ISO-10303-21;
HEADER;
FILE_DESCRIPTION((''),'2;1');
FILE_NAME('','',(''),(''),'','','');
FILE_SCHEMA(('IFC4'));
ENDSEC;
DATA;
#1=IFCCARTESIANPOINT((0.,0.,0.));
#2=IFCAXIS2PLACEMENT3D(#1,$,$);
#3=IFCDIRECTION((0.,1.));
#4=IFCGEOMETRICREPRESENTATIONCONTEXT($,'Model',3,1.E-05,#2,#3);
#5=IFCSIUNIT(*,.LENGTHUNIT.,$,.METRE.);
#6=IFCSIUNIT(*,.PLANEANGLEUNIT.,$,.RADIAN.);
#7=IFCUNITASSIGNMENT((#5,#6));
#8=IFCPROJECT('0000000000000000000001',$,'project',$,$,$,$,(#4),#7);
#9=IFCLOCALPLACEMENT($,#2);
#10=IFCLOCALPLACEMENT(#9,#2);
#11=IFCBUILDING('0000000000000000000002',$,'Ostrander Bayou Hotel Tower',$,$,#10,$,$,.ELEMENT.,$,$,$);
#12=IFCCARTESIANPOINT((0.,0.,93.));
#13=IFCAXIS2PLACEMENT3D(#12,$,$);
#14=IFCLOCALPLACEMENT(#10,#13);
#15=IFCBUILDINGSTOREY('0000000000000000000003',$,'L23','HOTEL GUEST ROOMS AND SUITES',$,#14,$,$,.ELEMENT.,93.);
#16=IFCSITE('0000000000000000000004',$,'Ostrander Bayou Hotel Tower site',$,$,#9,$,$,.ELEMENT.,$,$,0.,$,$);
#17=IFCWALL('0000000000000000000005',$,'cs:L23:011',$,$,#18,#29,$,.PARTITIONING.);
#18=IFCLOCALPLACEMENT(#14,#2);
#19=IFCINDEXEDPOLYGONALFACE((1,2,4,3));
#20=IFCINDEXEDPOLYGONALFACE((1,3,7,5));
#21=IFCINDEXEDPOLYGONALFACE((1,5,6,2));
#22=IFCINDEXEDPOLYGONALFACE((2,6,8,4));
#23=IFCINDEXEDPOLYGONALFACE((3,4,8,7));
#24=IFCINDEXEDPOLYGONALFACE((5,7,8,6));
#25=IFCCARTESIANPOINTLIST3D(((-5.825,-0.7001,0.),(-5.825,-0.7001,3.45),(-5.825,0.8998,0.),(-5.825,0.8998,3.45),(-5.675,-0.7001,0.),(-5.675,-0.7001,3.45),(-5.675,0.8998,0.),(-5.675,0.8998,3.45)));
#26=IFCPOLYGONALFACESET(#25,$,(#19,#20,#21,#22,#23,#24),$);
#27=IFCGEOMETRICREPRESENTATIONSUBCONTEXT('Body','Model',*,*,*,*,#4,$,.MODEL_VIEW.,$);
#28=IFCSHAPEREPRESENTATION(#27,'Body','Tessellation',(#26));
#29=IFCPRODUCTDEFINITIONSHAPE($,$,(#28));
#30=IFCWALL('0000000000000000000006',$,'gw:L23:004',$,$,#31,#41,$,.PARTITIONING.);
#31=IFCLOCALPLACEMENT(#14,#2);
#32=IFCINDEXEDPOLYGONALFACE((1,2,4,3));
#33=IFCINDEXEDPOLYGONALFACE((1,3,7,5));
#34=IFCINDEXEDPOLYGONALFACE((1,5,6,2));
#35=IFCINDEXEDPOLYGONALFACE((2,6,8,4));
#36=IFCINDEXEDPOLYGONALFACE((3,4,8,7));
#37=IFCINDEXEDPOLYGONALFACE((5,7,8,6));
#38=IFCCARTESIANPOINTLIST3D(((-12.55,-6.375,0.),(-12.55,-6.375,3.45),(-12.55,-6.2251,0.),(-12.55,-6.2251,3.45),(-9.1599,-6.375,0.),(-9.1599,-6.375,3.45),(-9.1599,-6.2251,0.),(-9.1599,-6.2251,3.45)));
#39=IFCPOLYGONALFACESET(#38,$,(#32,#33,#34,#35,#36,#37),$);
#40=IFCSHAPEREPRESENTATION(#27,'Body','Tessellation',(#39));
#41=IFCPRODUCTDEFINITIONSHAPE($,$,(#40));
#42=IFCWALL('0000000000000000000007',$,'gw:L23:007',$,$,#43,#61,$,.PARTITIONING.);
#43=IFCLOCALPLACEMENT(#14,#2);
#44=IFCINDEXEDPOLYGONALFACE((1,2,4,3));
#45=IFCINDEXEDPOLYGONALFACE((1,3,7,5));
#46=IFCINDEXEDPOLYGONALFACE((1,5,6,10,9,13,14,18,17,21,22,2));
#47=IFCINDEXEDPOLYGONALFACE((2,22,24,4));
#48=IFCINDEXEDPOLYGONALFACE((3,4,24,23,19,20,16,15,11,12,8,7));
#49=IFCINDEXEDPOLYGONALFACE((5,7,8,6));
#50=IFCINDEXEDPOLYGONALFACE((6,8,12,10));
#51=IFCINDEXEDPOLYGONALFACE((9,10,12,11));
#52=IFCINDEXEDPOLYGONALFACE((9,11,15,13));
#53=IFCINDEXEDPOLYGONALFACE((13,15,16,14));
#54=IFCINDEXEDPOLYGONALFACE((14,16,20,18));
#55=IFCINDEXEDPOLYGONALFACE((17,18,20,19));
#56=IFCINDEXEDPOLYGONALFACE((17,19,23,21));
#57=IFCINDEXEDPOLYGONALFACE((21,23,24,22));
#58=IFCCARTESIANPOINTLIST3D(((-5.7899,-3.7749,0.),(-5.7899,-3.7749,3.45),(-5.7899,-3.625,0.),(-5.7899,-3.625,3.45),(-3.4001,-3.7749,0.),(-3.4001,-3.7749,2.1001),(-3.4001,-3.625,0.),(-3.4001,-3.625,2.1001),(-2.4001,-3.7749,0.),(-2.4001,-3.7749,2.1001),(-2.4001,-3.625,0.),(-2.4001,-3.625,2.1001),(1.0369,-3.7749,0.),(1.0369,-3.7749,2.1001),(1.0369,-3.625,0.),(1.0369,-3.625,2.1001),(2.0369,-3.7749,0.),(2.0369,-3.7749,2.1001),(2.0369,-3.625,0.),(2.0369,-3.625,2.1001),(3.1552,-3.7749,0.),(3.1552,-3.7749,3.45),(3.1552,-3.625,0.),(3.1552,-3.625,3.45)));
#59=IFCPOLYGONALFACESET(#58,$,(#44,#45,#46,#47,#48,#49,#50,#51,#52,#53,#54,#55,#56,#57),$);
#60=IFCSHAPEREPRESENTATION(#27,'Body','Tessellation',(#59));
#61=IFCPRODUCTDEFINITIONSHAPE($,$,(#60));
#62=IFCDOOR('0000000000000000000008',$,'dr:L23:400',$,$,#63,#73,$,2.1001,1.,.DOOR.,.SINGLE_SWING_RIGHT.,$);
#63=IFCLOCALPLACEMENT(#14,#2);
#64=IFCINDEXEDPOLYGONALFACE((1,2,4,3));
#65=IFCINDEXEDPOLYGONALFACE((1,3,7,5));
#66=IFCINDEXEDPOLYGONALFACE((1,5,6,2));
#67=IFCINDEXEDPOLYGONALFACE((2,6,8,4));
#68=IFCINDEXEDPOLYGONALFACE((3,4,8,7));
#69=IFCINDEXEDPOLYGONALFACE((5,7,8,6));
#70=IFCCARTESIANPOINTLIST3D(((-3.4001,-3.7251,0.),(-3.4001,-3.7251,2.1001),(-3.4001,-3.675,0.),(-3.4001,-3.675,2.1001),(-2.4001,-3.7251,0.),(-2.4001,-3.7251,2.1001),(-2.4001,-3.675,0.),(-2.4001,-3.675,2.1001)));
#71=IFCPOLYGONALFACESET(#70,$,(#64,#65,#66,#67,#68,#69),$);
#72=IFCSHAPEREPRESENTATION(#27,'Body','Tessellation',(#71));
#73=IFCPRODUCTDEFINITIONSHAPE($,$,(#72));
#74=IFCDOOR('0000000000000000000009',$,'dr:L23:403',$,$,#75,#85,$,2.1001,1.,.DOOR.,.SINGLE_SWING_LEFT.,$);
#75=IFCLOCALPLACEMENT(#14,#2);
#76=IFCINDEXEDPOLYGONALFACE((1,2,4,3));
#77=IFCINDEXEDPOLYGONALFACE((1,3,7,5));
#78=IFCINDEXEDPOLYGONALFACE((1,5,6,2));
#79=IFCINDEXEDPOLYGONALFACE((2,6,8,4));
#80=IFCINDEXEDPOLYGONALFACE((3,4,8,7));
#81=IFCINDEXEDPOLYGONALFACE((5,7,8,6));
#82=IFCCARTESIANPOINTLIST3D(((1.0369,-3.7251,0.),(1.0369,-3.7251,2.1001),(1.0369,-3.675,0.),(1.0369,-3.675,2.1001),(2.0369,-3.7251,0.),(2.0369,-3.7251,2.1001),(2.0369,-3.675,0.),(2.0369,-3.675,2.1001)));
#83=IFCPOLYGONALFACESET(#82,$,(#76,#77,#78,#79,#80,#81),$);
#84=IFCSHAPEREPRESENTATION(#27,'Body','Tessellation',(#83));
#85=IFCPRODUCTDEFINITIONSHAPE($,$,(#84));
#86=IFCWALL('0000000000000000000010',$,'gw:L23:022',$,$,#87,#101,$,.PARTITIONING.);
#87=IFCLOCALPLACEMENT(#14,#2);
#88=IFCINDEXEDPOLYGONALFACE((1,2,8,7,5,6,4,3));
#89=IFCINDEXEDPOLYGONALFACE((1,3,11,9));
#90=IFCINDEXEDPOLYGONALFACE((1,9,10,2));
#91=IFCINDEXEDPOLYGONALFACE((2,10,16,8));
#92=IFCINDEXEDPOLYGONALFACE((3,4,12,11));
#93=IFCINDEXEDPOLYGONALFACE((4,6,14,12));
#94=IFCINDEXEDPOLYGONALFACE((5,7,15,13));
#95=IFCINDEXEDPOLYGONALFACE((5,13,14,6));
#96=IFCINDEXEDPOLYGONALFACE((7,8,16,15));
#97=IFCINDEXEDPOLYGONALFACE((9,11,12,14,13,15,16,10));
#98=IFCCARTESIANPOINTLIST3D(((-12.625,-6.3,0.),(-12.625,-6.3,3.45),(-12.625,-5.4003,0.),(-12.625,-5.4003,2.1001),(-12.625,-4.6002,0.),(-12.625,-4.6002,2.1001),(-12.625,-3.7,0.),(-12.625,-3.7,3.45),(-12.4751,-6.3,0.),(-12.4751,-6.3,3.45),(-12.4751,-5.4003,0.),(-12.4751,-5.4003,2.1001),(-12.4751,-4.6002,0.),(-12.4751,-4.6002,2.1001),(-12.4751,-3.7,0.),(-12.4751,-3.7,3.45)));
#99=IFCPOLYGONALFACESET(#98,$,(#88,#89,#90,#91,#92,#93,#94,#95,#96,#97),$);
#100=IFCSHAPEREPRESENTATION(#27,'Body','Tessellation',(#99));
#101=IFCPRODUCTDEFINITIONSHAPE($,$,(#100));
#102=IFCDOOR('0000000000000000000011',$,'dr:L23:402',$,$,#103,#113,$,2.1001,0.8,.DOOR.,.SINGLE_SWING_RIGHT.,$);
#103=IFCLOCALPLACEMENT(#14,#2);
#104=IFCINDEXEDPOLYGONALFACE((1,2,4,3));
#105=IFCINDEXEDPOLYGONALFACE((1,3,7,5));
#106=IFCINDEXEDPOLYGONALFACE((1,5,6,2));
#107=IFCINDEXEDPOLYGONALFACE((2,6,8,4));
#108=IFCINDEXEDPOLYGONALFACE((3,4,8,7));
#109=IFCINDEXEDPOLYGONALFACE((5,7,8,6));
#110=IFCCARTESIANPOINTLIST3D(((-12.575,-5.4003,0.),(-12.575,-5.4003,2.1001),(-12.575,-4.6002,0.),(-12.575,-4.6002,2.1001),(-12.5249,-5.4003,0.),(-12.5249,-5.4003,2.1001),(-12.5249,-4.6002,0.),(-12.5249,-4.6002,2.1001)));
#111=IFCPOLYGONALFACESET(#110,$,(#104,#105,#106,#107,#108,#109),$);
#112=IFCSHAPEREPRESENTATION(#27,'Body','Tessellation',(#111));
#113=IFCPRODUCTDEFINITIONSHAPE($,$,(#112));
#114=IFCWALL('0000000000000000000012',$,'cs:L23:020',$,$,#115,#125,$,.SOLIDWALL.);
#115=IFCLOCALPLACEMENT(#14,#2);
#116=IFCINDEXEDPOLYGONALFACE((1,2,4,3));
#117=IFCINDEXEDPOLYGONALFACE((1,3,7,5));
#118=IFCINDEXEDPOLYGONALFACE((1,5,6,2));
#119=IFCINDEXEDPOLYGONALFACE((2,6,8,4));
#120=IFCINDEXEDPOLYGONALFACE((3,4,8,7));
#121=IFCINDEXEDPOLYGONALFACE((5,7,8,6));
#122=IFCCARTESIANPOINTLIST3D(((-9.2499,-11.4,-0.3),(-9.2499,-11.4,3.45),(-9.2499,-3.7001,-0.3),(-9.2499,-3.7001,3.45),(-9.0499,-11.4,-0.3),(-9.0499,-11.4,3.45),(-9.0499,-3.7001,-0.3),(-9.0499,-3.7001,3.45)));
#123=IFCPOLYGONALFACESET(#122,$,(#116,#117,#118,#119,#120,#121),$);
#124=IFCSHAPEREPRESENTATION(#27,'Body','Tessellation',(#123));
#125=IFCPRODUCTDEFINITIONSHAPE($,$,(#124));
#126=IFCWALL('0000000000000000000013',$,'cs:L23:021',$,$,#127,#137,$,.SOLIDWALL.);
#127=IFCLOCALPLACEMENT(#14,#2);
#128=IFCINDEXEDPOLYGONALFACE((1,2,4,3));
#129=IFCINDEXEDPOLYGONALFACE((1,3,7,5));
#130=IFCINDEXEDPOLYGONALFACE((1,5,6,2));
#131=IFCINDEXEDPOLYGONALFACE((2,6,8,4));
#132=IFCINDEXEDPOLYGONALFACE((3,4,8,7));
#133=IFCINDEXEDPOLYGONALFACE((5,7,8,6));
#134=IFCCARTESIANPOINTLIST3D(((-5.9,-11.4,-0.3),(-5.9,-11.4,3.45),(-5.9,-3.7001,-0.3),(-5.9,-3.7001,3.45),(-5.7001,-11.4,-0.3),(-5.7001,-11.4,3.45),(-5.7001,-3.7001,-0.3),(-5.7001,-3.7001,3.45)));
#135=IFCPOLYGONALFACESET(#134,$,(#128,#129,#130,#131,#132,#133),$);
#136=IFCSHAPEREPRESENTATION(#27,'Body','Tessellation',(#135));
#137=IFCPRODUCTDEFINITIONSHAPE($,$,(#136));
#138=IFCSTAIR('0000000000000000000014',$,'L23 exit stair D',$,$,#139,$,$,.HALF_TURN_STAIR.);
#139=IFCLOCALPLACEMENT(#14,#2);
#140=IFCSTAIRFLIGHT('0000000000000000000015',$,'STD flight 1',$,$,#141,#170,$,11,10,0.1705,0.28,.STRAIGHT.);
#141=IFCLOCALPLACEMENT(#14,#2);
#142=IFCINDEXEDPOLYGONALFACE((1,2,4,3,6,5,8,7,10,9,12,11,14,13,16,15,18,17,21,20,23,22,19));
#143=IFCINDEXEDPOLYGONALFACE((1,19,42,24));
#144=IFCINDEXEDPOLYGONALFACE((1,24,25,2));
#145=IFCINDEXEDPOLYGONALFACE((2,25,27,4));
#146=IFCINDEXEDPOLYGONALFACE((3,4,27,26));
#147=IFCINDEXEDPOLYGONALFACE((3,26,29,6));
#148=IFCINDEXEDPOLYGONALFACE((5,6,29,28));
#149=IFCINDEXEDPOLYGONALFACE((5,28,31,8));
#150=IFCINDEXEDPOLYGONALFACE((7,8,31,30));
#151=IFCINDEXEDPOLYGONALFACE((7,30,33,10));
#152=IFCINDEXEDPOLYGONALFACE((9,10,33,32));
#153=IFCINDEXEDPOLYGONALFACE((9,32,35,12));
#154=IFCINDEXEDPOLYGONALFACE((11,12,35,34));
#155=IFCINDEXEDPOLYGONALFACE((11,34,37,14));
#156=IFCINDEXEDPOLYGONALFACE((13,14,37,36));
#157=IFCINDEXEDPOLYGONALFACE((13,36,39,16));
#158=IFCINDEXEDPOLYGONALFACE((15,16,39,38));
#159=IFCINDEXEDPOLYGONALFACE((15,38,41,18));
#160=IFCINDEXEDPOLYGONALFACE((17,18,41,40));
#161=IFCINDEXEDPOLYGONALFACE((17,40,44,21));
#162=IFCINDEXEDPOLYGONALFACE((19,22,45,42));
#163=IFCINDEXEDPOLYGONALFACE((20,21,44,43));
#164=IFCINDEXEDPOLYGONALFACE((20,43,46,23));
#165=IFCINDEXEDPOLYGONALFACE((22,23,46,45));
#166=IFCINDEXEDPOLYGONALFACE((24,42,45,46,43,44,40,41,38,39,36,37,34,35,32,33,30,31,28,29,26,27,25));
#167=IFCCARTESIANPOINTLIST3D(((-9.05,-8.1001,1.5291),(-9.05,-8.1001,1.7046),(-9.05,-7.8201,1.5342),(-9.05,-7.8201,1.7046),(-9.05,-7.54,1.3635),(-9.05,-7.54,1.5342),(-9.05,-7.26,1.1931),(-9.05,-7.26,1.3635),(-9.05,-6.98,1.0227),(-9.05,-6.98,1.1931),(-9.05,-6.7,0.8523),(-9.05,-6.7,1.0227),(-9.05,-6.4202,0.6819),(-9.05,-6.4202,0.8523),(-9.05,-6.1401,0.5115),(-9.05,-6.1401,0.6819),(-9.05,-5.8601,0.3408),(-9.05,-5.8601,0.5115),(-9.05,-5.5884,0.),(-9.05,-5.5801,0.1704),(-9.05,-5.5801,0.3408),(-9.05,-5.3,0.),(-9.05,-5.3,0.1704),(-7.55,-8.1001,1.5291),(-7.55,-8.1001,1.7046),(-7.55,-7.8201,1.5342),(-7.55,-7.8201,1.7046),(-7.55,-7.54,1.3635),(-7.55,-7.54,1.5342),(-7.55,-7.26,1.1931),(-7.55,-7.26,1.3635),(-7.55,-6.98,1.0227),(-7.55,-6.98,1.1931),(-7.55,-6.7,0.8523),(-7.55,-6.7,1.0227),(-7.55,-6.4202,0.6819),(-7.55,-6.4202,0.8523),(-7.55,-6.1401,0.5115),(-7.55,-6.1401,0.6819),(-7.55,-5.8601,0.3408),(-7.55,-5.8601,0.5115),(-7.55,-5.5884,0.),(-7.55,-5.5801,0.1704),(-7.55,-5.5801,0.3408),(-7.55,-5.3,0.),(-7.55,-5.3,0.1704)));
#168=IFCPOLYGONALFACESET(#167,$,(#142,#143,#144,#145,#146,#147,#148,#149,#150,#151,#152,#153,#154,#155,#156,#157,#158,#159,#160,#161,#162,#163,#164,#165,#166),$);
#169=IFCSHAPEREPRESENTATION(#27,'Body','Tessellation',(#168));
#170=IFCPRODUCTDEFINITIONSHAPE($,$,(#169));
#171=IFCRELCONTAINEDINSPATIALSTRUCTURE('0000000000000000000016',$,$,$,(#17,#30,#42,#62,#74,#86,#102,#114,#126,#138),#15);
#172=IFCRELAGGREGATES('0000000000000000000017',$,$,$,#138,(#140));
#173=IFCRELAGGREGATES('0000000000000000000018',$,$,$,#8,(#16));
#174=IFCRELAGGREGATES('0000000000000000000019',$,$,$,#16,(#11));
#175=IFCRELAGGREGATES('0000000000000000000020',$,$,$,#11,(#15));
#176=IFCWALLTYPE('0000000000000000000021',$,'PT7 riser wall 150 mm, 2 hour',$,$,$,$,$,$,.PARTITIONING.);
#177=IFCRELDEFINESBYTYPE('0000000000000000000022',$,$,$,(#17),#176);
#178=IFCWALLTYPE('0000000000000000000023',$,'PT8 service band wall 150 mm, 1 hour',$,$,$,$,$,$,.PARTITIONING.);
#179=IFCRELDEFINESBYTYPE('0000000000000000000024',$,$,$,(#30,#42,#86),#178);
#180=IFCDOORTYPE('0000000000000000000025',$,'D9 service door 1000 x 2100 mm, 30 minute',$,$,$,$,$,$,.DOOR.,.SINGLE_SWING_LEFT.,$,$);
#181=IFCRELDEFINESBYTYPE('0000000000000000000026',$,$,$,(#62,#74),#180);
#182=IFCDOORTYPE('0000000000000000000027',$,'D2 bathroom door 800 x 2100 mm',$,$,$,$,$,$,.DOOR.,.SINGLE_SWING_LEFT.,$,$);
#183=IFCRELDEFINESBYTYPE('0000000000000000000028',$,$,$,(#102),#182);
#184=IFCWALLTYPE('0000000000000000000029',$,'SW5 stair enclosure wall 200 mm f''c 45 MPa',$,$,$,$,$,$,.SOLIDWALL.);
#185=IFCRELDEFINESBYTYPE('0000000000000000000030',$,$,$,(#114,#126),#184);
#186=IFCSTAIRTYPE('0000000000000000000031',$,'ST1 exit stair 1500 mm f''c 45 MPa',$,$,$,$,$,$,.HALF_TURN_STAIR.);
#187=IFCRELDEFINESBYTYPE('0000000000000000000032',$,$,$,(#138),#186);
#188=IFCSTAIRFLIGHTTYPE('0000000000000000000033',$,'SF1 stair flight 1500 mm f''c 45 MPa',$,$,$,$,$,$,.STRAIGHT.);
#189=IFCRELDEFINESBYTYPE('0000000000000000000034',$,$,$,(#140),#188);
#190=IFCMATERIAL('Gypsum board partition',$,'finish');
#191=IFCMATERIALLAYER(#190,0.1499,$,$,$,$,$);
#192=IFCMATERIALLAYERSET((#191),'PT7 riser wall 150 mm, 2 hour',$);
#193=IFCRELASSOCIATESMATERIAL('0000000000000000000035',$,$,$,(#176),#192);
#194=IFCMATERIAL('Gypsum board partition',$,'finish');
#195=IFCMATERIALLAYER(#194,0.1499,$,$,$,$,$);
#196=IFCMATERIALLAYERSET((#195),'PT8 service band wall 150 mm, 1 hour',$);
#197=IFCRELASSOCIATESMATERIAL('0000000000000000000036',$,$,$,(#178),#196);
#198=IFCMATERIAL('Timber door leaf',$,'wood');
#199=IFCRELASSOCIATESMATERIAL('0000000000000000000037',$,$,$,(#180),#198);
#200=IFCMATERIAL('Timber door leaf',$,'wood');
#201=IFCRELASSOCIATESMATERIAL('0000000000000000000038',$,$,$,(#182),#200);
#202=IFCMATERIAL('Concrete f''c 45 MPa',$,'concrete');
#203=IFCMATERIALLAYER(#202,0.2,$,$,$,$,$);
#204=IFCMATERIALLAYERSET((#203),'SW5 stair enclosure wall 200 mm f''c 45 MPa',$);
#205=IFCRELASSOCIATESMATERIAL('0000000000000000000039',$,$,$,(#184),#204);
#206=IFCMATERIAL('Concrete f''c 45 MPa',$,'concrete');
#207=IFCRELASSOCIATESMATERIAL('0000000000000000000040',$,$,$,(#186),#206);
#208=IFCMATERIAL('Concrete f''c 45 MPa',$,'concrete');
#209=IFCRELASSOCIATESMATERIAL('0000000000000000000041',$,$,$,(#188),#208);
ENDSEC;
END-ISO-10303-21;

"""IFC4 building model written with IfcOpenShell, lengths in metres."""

from ifc_helpers import new_model, si_unit, direction, frame, frame_2d, origin, place, context, subcontext, project, spatial, polyline, rectangle, outline, extrude, material, layer, layer_set, type_object, element, fill, aggregate, save


model = new_model("IFC4")

# Units and contexts
model_context = context("Model", 3, precision=1e-05, world=origin(), true_north=direction((0.0, 1.0)))
body_context = subcontext(model_context, "Body", "Model", "MODEL_VIEW")
ifc_project = project(units=[si_unit("LENGTHUNIT", "METRE"), si_unit("PLANEANGLEUNIT", "RADIAN")], contexts=[model_context])

# Site, building, storey
site_placement = place(None, origin())
site = spatial("IfcSite", under=ifc_project, at=site_placement, Name="Ostrander Bayou Hotel Tower site", CompositionType="ELEMENT", RefElevation=0.0)
building_placement = place(site_placement, origin())
building = spatial("IfcBuilding", under=site, at=building_placement, Name="Ostrander Bayou Hotel Tower", CompositionType="ELEMENT")
storey_placement = place(building_placement, frame((0.0, 0.0, 93.0)))
storey = spatial("IfcBuildingStorey", under=building, at=storey_placement, Name="L23", Description="HOTEL GUEST ROOMS AND SUITES", CompositionType="ELEMENT", Elevation=93.0)

# Walls
ifc_material_1 = material(Name="Gypsum board partition", Category="finish")
ifc_layer_1 = layer(ifc_material_1, 0.1499)
ifc_layer_set_1 = layer_set([ifc_layer_1], Name="PT7 riser wall 150 mm, 2 hour")
wall_type_1 = type_object("IfcWallType", Name="PT7 riser wall 150 mm, 2 hour", PredefinedType="PARTITIONING", material=ifc_layer_set_1)
wall_1_placement = place(storey_placement, frame((-5.75, -0.7, 0.0), z_axis=(0.0, 0.0, 1.0), x_axis=(0.0, 1.0, 0.0)))
element("IfcWall", 1, at=wall_1_placement, inside=storey, type_object=wall_type_1, Name="cs:L23:011", PredefinedType="PARTITIONING", context=body_context, shape_type="SweptSolid", body=[
    extrude(rectangle(XDim=1.5999, YDim=0.1499, at=frame_2d((0.7998, 0.0))), origin(), (0.0, 0.0, 1.0), 3.45),
])
ifc_material_2 = material(Name="Gypsum board partition", Category="finish")
ifc_layer_2 = layer(ifc_material_2, 0.1499)
ifc_layer_set_2 = layer_set([ifc_layer_2], Name="PT8 service band wall 150 mm, 1 hour")
wall_type_2 = type_object("IfcWallType", Name="PT8 service band wall 150 mm, 1 hour", PredefinedType="PARTITIONING", material=ifc_layer_set_2)
wall_2_placement = place(storey_placement, frame((-12.55, -6.3, 0.0), z_axis=(0.0, 0.0, 1.0), x_axis=(1.0, 0.0, 0.0)))
element("IfcWall", 2, at=wall_2_placement, inside=storey, type_object=wall_type_2, Name="gw:L23:004", PredefinedType="PARTITIONING", context=body_context, shape_type="SweptSolid", body=[
    extrude(rectangle(XDim=3.3901, YDim=0.1499, at=frame_2d((1.6951, 0.0))), origin(), (0.0, 0.0, 1.0), 3.45),
])

# Wall, openings, doors
wall_3_placement = place(storey_placement, frame((-5.79, -3.7, 0.0), z_axis=(0.0, 0.0, 1.0), x_axis=(1.0, 0.0, 0.0)))
wall_3 = element("IfcWall", 3, at=wall_3_placement, inside=storey, type_object=wall_type_2, Name="gw:L23:007", PredefinedType="PARTITIONING", context=body_context, shape_type="SweptSolid", body=[
    extrude(rectangle(XDim=8.9451, YDim=0.1499, at=frame_2d((4.4727, 0.0))), origin(), (0.0, 0.0, 1.0), 3.45),
])
opening_1_placement = place(wall_3_placement, frame((2.3899, 0.0, 0.0)))
opening_1 = element("IfcOpeningElement", 4, at=opening_1_placement, cuts=wall_3, PredefinedType="OPENING", context=body_context, shape_type="SweptSolid", body=[
    extrude(rectangle(XDim=1.0, YDim=2.1001, at=frame_2d((0.5, 1.05))), frame((0.0, 0.075, 0.0), z_axis=(0.0, -1.0, 0.0), x_axis=(1.0, 0.0, 0.0)), (0.0, 0.0, 1.0), 0.1499),
])
opening_2_placement = place(wall_3_placement, frame((6.8269, 0.0, 0.0)))
opening_2 = element("IfcOpeningElement", 5, at=opening_2_placement, cuts=wall_3, PredefinedType="OPENING", context=body_context, shape_type="SweptSolid", body=[
    extrude(rectangle(XDim=1.0, YDim=2.1001, at=frame_2d((0.5, 1.05))), frame((0.0, 0.075, 0.0), z_axis=(0.0, -1.0, 0.0), x_axis=(1.0, 0.0, 0.0)), (0.0, 0.0, 1.0), 0.1499),
])
ifc_material_3 = material(Name="Timber door leaf", Category="wood")
door_type_1 = type_object("IfcDoorType", Name="D9 service door 1000 x 2100 mm, 30 minute", OperationType="SINGLE_SWING_LEFT", PredefinedType="DOOR", material=ifc_material_3)
door_1_placement = place(opening_1_placement, origin())
door_1 = element("IfcDoor", 6, at=door_1_placement, inside=storey, type_object=door_type_1, Name="dr:L23:400", OperationType="SINGLE_SWING_RIGHT", OverallHeight=2.1001, OverallWidth=1.0, PredefinedType="DOOR", context=body_context, shape_type="SweptSolid", body=[
    extrude(rectangle(XDim=1.0, YDim=2.1001, at=frame_2d((0.5, 1.05))), frame((0.0, 0.0249, 0.0), z_axis=(0.0, -1.0, 0.0), x_axis=(1.0, 0.0, 0.0)), (0.0, 0.0, 1.0), 0.05),
])
fill(opening_1, door_1)
door_2_placement = place(opening_2_placement, origin())
door_2 = element("IfcDoor", 7, at=door_2_placement, inside=storey, type_object=door_type_1, Name="dr:L23:403", OperationType="SINGLE_SWING_LEFT", OverallHeight=2.1001, OverallWidth=1.0, PredefinedType="DOOR", context=body_context, shape_type="SweptSolid", body=[
    extrude(rectangle(XDim=1.0, YDim=2.1001, at=frame_2d((0.5, 1.05))), frame((0.0, 0.0249, 0.0), z_axis=(0.0, -1.0, 0.0), x_axis=(1.0, 0.0, 0.0)), (0.0, 0.0, 1.0), 0.05),
])
fill(opening_2, door_2)

# Wall, opening, door
wall_4_placement = place(storey_placement, frame((-12.55, -6.3, 0.0), z_axis=(0.0, 0.0, 1.0), x_axis=(0.0, 1.0, 0.0)))
wall_4 = element("IfcWall", 8, at=wall_4_placement, inside=storey, type_object=wall_type_2, Name="gw:L23:022", PredefinedType="PARTITIONING", context=body_context, shape_type="SweptSolid", body=[
    extrude(rectangle(XDim=2.6001, YDim=0.1499, at=frame_2d((1.3, 0.0))), origin(), (0.0, 0.0, 1.0), 3.45),
])
opening_3_placement = place(wall_4_placement, frame((0.8999, 0.0, 0.0)))
opening_3 = element("IfcOpeningElement", 9, at=opening_3_placement, cuts=wall_4, PredefinedType="OPENING", context=body_context, shape_type="SweptSolid", body=[
    extrude(rectangle(XDim=0.8, YDim=2.1001, at=frame_2d((0.3999, 1.05))), frame((0.0, 0.075, 0.0), z_axis=(0.0, -1.0, 0.0), x_axis=(1.0, 0.0, 0.0)), (0.0, 0.0, 1.0), 0.1499),
])
ifc_material_4 = material(Name="Timber door leaf", Category="wood")
door_type_2 = type_object("IfcDoorType", Name="D2 bathroom door 800 x 2100 mm", OperationType="SINGLE_SWING_LEFT", PredefinedType="DOOR", material=ifc_material_4)
door_3_placement = place(opening_3_placement, origin())
door_3 = element("IfcDoor", 10, at=door_3_placement, inside=storey, type_object=door_type_2, Name="dr:L23:402", OperationType="SINGLE_SWING_RIGHT", OverallHeight=2.1001, OverallWidth=0.8, PredefinedType="DOOR", context=body_context, shape_type="SweptSolid", body=[
    extrude(rectangle(XDim=0.8, YDim=2.1001, at=frame_2d((0.3999, 1.05))), frame((0.0, 0.0249, 0.0), z_axis=(0.0, -1.0, 0.0), x_axis=(1.0, 0.0, 0.0)), (0.0, 0.0, 1.0), 0.05),
])
fill(opening_3, door_3)
ifc_material_5 = material(Name="Concrete f'c 45 MPa", Category="concrete")
ifc_layer_3 = layer(ifc_material_5, 0.2)
ifc_layer_set_3 = layer_set([ifc_layer_3], Name="SW5 stair enclosure wall 200 mm f'c 45 MPa")
wall_type_3 = type_object("IfcWallType", Name="SW5 stair enclosure wall 200 mm f'c 45 MPa", PredefinedType="SOLIDWALL", material=ifc_layer_set_3)

# Walls
for number, where, z_axis, x_axis, name in (
    (11, (-9.1499, -3.7, -0.3), (0.0, 0.0, 1.0), (0.0, -1.0, 0.0), "cs:L23:020"),
    (12, (-5.8, -3.7, -0.3), (0.0, 0.0, 1.0), (0.0, -1.0, 0.0), "cs:L23:021"),
):
    element("IfcWall", number, at=place(storey_placement, frame(where, z_axis=z_axis, x_axis=x_axis)), inside=storey, type_object=wall_type_3, Name=name, PredefinedType="SOLIDWALL", context=body_context, shape_type="SweptSolid", body=[
        extrude(rectangle(XDim=7.7, YDim=0.2, at=frame_2d((3.8501, 0.0))), origin(), (0.0, 0.0, 1.0), 3.75),
    ])

# Stair, stair flight
ifc_material_6 = material(Name="Concrete f'c 45 MPa", Category="concrete")
stair_type = type_object("IfcStairType", Name="ST1 exit stair 1500 mm f'c 45 MPa", PredefinedType="HALF_TURN_STAIR", material=ifc_material_6)
stair_placement = place(storey_placement, origin())
stair = element("IfcStair", 13, at=stair_placement, inside=storey, type_object=stair_type, Name="L23 exit stair D", PredefinedType="HALF_TURN_STAIR")
ifc_material_7 = material(Name="Concrete f'c 45 MPa", Category="concrete")
stair_flight_type = type_object("IfcStairFlightType", Name="SF1 stair flight 1500 mm f'c 45 MPa", PredefinedType="STRAIGHT", material=ifc_material_7)
stair_flight_1_placement = place(storey_placement, frame((-8.3, -5.3, 0.0), z_axis=(0.0, 0.0, 1.0), x_axis=(0.0, -1.0, 0.0)))
stair_flight_1 = element("IfcStairFlight", 14, at=stair_flight_1_placement, type_object=stair_flight_type, Name="STD flight 1", NumberOfRisers=11, NumberOfTreads=10, PredefinedType="STRAIGHT", RiserHeight=0.1705, TreadLength=0.28, context=body_context, shape_type="SweptSolid", body=[
    extrude(outline(polyline([(0.0, 0.0), (0.0, 0.1704), (0.28, 0.1704), (0.28, 0.3408), (0.5601, 0.3408), (0.5601, 0.5115), (0.8401, 0.5115), (0.8401, 0.6819), (1.1201, 0.6819), (1.1201, 0.8523), (1.3999, 0.8523), (1.3999, 1.0227), (1.6799, 1.0227), (1.6799, 1.1931), (1.96, 1.1931), (1.96, 1.3635), (2.24, 1.3635), (2.24, 1.5342), (2.52, 1.5342), (2.52, 1.7046), (2.8, 1.7046), (2.8, 1.875), (2.8, 1.5291), (0.2883, 0.0), (0.0, 0.0)])), frame((0.0, 0.75, 0.0), z_axis=(0.0, -1.0, 0.0), x_axis=(1.0, 0.0, 0.0)), (0.0, 0.0, 1.0), 1.5),
])
aggregate(stair, [stair_flight_1])

save(model, "model.ifc")
